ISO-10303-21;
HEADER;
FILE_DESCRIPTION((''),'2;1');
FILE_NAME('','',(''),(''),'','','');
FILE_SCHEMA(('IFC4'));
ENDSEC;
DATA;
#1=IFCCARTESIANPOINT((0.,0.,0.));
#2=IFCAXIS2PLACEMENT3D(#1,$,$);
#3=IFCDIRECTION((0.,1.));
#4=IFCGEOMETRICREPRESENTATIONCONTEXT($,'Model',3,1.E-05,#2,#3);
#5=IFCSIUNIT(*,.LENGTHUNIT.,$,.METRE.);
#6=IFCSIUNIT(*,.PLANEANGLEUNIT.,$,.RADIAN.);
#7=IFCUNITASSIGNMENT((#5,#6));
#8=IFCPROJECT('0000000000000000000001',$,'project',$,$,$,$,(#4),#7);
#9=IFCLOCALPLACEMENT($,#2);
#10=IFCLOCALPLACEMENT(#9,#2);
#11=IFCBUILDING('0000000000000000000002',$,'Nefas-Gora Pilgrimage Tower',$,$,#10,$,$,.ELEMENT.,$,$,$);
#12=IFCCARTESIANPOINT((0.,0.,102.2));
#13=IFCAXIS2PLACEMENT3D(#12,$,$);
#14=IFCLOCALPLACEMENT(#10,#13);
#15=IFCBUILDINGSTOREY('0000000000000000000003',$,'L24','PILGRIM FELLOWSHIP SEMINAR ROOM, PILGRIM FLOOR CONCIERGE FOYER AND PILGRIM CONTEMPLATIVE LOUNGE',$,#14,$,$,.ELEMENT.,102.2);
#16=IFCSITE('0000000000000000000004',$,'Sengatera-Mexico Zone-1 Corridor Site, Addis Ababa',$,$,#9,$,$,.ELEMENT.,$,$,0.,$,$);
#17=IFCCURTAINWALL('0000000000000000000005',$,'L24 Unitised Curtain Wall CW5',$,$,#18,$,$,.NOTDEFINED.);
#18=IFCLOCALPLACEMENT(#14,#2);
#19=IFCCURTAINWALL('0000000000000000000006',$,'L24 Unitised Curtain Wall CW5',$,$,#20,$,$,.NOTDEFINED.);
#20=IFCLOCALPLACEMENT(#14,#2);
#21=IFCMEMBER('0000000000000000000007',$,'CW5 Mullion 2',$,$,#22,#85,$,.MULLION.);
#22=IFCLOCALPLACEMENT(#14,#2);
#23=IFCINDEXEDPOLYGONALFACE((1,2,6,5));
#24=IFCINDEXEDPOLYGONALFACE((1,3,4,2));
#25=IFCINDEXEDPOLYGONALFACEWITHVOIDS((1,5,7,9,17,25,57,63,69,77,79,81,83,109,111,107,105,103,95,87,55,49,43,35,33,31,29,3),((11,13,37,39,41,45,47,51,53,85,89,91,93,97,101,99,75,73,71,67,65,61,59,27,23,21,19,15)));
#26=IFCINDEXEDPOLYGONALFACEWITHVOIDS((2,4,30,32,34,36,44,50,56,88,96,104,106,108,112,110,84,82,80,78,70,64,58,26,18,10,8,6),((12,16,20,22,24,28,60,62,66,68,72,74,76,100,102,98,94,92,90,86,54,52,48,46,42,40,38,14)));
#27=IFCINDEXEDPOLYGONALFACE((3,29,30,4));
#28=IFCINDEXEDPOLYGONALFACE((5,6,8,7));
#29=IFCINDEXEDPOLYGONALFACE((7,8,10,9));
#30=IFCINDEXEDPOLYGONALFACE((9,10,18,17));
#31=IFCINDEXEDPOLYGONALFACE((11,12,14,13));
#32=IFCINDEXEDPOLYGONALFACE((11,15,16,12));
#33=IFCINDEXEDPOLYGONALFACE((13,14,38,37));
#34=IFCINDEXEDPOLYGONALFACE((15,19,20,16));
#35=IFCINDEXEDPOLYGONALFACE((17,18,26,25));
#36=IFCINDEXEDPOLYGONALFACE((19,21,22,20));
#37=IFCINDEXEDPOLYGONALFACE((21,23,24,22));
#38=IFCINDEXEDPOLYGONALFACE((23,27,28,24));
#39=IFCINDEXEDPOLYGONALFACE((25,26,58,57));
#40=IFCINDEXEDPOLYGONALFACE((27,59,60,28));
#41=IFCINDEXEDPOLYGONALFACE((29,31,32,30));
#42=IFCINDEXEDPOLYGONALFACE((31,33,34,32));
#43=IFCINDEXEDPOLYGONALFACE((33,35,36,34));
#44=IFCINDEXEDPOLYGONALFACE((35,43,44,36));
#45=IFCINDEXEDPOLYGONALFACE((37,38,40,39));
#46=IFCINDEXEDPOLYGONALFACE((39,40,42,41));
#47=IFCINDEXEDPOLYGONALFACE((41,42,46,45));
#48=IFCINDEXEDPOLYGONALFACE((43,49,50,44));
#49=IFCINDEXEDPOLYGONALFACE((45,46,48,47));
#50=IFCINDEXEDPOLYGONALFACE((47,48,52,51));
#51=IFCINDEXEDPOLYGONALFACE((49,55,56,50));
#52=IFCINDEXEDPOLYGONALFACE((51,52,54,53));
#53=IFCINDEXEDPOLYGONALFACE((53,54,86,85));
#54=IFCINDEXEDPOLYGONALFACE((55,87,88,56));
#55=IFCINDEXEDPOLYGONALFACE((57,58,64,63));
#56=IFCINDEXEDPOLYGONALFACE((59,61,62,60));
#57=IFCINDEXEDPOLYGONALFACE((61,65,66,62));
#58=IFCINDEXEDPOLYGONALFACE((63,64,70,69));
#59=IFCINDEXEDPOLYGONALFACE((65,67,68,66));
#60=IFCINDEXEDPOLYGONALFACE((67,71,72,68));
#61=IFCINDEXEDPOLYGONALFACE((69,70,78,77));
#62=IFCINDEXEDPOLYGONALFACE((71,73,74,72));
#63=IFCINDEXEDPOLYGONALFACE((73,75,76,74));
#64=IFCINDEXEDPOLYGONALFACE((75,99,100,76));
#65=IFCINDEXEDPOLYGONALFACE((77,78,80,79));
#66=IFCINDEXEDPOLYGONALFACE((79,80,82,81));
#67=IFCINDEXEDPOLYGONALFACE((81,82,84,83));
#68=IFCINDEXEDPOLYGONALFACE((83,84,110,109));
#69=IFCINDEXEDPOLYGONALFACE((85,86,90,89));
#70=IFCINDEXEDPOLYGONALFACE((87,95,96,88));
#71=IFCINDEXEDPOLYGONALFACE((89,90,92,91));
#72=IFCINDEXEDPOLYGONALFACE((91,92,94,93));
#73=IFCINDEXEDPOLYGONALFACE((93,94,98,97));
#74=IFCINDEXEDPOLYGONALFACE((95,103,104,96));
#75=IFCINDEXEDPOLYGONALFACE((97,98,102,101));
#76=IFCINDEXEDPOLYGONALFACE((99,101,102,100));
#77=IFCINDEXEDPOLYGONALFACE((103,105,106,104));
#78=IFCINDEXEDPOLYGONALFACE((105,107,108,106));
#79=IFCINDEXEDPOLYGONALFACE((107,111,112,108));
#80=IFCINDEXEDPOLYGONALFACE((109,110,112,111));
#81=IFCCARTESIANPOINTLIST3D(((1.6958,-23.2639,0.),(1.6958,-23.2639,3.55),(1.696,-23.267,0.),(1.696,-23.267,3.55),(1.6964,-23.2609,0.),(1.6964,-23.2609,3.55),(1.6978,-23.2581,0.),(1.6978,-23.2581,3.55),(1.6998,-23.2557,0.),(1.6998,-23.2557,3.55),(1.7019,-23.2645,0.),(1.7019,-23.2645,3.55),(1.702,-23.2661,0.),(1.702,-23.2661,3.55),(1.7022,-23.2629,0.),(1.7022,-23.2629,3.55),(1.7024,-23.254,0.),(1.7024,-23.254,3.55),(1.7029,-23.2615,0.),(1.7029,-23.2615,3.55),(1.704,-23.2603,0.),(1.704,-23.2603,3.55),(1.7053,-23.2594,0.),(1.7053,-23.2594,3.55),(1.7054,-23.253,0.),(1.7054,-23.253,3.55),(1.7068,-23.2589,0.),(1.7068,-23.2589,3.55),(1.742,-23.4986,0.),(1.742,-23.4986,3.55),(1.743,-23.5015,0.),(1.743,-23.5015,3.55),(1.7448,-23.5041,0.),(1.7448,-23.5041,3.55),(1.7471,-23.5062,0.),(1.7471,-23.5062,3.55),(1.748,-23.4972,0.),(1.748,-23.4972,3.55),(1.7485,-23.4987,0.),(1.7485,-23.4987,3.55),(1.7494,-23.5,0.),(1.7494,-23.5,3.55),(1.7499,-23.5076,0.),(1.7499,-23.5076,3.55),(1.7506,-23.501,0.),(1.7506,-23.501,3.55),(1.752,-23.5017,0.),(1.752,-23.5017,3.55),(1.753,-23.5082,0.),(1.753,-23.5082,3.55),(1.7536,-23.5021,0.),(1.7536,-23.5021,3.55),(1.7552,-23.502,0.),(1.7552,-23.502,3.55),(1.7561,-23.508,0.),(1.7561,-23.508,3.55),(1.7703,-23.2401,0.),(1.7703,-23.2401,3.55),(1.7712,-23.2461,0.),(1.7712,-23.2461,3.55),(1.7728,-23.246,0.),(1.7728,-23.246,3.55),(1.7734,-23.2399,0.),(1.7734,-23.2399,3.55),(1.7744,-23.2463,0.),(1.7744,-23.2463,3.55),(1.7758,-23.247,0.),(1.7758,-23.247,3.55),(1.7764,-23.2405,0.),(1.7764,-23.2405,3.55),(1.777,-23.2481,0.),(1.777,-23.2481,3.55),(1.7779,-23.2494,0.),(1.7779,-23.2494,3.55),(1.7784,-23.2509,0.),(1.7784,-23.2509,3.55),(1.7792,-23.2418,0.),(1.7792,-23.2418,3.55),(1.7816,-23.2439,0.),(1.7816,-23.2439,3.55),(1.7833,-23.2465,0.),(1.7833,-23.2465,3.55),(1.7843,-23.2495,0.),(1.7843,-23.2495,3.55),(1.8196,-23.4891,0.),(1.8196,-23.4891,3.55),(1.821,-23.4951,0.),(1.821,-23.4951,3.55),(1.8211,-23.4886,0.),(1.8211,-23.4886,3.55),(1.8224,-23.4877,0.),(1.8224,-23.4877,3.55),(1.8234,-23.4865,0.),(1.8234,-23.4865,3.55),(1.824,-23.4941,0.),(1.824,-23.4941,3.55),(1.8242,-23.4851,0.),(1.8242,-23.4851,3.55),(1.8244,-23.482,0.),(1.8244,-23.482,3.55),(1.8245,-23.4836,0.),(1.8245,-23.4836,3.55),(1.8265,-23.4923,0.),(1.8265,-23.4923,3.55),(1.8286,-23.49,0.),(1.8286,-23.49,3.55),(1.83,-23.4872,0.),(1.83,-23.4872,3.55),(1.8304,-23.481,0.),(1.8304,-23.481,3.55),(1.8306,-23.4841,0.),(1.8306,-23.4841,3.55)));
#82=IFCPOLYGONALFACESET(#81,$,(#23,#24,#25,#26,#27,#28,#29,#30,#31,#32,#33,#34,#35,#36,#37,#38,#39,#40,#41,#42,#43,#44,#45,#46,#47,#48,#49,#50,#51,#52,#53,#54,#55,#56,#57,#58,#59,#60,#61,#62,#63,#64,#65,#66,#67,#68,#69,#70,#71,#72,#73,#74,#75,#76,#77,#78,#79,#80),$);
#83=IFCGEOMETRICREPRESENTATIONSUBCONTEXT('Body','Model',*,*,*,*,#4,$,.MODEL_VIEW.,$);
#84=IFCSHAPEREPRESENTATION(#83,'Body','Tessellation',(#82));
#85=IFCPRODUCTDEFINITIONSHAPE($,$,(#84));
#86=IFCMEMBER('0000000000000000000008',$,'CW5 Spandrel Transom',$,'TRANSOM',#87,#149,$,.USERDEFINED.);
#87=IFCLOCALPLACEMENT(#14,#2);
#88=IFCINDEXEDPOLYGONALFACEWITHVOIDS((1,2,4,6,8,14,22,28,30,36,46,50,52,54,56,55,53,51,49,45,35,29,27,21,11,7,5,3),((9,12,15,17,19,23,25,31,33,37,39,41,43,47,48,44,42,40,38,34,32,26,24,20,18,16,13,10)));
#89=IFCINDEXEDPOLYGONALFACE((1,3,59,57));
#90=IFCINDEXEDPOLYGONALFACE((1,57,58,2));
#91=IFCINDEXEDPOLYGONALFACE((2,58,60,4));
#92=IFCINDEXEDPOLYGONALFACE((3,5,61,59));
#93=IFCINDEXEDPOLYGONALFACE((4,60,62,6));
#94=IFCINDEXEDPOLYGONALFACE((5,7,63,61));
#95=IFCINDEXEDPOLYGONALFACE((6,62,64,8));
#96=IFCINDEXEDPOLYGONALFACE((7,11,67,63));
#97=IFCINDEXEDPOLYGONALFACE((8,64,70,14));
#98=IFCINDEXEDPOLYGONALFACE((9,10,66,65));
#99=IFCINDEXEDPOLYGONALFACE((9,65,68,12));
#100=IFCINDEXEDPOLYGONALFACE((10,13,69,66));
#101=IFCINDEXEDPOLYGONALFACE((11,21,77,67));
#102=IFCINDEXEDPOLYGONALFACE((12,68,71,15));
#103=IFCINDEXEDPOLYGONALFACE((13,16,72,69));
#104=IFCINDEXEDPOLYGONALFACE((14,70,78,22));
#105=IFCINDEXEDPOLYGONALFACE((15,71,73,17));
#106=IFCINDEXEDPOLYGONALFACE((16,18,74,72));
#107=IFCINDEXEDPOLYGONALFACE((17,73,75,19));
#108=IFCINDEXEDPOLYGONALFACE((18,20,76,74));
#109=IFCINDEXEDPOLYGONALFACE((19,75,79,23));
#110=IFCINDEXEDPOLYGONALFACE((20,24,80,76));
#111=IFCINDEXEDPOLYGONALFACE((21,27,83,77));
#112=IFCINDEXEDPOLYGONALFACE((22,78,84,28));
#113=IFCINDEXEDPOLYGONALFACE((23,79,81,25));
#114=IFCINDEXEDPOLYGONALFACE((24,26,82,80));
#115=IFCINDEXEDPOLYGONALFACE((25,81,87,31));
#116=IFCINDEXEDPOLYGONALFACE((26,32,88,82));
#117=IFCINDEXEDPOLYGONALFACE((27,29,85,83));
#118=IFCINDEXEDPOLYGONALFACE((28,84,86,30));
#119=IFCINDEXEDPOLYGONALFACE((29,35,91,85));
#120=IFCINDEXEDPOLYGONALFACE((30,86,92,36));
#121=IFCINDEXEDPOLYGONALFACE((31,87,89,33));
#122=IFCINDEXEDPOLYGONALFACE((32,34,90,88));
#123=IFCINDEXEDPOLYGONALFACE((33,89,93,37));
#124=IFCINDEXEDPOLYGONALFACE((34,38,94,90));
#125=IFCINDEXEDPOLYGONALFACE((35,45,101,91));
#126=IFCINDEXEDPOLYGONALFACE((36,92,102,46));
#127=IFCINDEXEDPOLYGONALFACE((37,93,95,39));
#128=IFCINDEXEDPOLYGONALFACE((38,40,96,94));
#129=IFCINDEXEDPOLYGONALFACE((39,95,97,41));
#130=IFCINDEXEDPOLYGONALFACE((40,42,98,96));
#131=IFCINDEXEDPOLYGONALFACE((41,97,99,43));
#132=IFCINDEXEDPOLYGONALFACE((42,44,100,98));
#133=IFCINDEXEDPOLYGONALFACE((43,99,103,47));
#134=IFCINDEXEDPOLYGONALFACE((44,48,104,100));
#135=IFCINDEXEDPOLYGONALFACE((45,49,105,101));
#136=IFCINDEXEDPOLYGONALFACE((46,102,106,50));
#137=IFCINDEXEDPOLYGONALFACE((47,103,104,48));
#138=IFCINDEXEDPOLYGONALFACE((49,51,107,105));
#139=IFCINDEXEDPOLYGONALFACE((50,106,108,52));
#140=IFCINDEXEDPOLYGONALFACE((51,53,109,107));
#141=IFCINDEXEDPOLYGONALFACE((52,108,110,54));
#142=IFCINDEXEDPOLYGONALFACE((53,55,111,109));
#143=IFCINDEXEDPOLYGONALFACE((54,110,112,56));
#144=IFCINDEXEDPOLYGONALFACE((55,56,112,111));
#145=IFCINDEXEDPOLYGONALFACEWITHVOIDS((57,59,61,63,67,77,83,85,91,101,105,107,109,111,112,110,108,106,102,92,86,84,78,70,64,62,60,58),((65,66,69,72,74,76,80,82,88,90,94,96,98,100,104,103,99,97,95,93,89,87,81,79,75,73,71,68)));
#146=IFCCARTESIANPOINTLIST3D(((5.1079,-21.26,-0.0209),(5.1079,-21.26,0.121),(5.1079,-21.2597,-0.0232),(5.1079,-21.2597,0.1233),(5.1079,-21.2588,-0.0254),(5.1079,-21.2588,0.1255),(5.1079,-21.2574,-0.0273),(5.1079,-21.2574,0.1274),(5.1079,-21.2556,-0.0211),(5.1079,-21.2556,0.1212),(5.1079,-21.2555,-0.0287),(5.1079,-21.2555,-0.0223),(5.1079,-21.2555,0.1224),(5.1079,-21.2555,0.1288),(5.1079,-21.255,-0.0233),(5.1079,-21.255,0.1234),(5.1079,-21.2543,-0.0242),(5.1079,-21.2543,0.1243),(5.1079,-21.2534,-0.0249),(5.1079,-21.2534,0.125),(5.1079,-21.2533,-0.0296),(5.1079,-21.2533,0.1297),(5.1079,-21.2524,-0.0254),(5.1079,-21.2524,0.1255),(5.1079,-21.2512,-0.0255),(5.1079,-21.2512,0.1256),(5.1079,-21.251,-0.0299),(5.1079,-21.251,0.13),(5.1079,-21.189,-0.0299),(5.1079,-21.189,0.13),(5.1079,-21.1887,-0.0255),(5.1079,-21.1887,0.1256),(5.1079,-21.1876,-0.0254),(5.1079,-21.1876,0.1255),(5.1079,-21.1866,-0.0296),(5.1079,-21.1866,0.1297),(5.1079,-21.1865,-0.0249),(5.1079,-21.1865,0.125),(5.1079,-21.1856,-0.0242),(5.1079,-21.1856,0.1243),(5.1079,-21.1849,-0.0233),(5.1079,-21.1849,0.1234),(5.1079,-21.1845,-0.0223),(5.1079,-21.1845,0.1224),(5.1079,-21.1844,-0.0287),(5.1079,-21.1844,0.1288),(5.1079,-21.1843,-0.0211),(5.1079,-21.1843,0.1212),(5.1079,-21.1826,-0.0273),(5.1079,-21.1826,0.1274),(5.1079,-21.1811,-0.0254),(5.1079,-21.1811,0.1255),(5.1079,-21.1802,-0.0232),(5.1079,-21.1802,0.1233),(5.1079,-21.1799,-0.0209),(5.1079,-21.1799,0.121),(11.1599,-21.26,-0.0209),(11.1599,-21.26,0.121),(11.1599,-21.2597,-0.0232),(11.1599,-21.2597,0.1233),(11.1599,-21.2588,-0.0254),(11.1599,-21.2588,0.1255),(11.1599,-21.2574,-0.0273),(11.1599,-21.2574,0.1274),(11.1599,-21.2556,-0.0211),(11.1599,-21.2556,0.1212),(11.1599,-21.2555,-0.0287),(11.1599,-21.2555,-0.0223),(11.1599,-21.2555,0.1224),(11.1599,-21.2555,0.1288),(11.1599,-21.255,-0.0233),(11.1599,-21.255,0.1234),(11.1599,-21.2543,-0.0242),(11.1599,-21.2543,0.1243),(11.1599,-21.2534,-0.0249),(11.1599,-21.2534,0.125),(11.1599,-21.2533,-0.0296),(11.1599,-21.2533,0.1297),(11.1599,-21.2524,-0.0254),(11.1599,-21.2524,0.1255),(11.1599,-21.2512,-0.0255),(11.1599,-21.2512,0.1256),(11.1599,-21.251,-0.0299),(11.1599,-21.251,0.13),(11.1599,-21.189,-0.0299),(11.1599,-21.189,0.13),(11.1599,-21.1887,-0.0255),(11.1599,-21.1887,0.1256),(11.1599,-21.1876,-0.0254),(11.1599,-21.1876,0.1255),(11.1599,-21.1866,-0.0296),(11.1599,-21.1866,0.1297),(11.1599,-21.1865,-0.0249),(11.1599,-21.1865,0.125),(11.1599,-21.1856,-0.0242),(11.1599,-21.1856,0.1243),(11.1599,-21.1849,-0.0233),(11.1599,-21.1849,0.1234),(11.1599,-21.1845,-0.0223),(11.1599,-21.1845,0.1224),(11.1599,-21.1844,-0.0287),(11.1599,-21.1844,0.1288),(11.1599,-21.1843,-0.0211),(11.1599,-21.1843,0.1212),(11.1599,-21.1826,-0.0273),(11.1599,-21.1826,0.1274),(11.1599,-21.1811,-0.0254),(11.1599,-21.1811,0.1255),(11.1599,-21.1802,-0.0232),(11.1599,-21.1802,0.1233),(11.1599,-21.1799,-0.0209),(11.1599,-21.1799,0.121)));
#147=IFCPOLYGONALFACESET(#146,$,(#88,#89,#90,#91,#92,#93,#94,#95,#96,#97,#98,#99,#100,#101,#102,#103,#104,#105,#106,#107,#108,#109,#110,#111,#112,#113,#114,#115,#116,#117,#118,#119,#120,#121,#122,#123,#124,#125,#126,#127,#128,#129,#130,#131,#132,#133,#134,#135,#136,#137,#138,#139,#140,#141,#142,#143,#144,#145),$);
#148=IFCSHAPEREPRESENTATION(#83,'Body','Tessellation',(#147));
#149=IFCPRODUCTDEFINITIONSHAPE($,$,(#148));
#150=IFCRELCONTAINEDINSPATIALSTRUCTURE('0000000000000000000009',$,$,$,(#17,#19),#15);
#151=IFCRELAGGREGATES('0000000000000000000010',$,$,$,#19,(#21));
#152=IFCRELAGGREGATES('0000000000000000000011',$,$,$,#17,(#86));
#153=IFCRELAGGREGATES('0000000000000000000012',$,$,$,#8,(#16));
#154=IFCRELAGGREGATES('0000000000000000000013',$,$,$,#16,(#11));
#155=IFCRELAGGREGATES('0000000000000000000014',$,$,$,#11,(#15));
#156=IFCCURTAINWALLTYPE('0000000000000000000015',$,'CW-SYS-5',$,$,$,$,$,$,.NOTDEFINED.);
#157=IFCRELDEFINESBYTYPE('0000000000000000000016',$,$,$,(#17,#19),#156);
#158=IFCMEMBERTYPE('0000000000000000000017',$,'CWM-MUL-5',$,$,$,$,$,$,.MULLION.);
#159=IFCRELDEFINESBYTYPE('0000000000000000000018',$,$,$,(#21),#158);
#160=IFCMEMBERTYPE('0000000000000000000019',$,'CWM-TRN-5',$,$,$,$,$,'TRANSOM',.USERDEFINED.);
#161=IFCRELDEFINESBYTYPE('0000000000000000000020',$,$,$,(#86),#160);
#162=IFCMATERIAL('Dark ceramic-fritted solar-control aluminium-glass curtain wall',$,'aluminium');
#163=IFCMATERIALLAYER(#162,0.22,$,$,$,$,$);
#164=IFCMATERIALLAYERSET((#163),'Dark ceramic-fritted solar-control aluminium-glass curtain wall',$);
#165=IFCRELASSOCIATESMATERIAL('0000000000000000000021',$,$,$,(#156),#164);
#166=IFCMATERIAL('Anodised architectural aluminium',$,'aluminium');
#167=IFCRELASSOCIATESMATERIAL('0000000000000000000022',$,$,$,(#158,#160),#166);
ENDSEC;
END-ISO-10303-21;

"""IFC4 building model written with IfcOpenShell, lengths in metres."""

from ifc_helpers import new_model, si_unit, direction, frame, origin, origin_2d, place, context, subcontext, project, spatial, hollow_rectangle, extrude, source, transform, mapped, material, layer, layer_set, material_profile, profile_set, type_object, element, aggregate, save


model = new_model("IFC4")

# Units and contexts
model_context = context("Model", 3, precision=1e-05, world=origin(), true_north=direction((0.0, 1.0)))
body_context = subcontext(model_context, "Body", "Model", "MODEL_VIEW")
ifc_project = project(units=[si_unit("LENGTHUNIT", "METRE"), si_unit("PLANEANGLEUNIT", "RADIAN")], contexts=[model_context])

# Site, building, storey
site_placement = place(None, origin())
site = spatial("IfcSite", under=ifc_project, at=site_placement, Name="Sengatera-Mexico Zone-1 Corridor Site, Addis Ababa", CompositionType="ELEMENT", RefElevation=0.0)
building_placement = place(site_placement, origin())
building = spatial("IfcBuilding", under=site, at=building_placement, Name="Nefas-Gora Pilgrimage Tower", CompositionType="ELEMENT")
storey_placement = place(building_placement, frame((0.0, 0.0, 102.2)))
storey = spatial("IfcBuildingStorey", under=building, at=storey_placement, Name="L24", Description="PILGRIM FELLOWSHIP SEMINAR ROOM, PILGRIM FLOOR CONCIERGE FOYER AND PILGRIM CONTEMPLATIVE LOUNGE", CompositionType="ELEMENT", Elevation=102.2)

# Curtain wall
ifc_material_1 = material(Name="Dark ceramic-fritted solar-control aluminium-glass curtain wall", Category="aluminium")
ifc_layer_1 = layer(ifc_material_1, 0.22)
ifc_layer_set_1 = layer_set([ifc_layer_1], Name="Dark ceramic-fritted solar-control aluminium-glass curtain wall")
curtain_wall_type_1 = type_object("IfcCurtainWallType", Name="CW-SYS-5", PredefinedType="NOTDEFINED", material=ifc_layer_set_1)
curtain_wall_1_placement = place(storey_placement, origin())
curtain_wall_1 = element("IfcCurtainWall", 1, at=curtain_wall_1_placement, inside=storey, type_object=curtain_wall_type_1, Name="L24 Unitised Curtain Wall CW5", PredefinedType="NOTDEFINED")
ifc_material_2 = material(Name="Anodised architectural aluminium", Category="aluminium")
ifc_material_profile_1 = material_profile(ifc_material_2, hollow_rectangle(XDim=0.0901, YDim=0.26, WallThickness=0.0061, InnerFilletRadius=0.0061, OuterFilletRadius=0.012, at=origin_2d()), Name="ALU MULLION 90x260")
ifc_profile_set_1 = profile_set([ifc_material_profile_1], Name="Anodised architectural aluminium")
member_type_1 = type_object("IfcMemberType", Name="CWM-MUL-5", PredefinedType="MULLION", material=ifc_profile_set_1)
shared_shape_1 = source(origin(), body_context, "Body", "SweptSolid", [
    extrude(hollow_rectangle(XDim=0.0901, YDim=0.26, WallThickness=0.0061, InnerFilletRadius=0.0061, OuterFilletRadius=0.012, at=origin_2d()), origin(), (0.0, 0.0, 1.0), 3.55),
])

# Curtain wall, member
curtain_wall_2_placement = place(storey_placement, origin())
curtain_wall_2 = element("IfcCurtainWall", 2, at=curtain_wall_2_placement, inside=storey, type_object=curtain_wall_type_1, Name="L24 Unitised Curtain Wall CW5", PredefinedType="NOTDEFINED")
member_1_placement = place(storey_placement, frame((1.7632, -23.374, 0.0), z_axis=(0.0, 0.0, 1.0), x_axis=(0.980783, 0.195102, 0.0)))
member_1 = element("IfcMember", 3, at=member_1_placement, type_object=member_type_1, Name="CW5 Mullion 2", PredefinedType="MULLION", context=body_context, shape_type="MappedRepresentation", body=[
    mapped(shared_shape_1, transform((0.0, 0.0, 0.0), x_axis=(1.0, 0.0, 0.0), y_axis=(0.0, 1.0, 0.0), z_axis=(0.0, 0.0, 1.0), scale=1.0)),
])
aggregate(curtain_wall_2, [member_1])

# Member
ifc_material_profile_2 = material_profile(ifc_material_2, hollow_rectangle(XDim=0.0801, YDim=0.1599, WallThickness=0.0044, InnerFilletRadius=0.0044, OuterFilletRadius=0.009, at=origin_2d()), Name="ALU TRANSOM 80x160")
ifc_profile_set_2 = profile_set([ifc_material_profile_2], Name="Anodised architectural aluminium")
member_type_2 = type_object("IfcMemberType", Name="CWM-TRN-5", ElementType="TRANSOM", PredefinedType="USERDEFINED", material=ifc_profile_set_2)
shared_shape_2 = source(origin(), body_context, "Body", "SweptSolid", [
    extrude(hollow_rectangle(XDim=0.0801, YDim=0.1599, WallThickness=0.0044, InnerFilletRadius=0.0044, OuterFilletRadius=0.009, at=origin_2d()), origin(), (0.0, 0.0, 1.0), 6.052),
])
member_2_placement = place(storey_placement, frame((5.1079, -21.22, 0.05), z_axis=(1.0, 0.0, 0.0), x_axis=(0.0, 1.0, 0.0)))
member_2 = element("IfcMember", 4, at=member_2_placement, type_object=member_type_2, Name="CW5 Spandrel Transom", ObjectType="TRANSOM", PredefinedType="USERDEFINED", context=body_context, shape_type="MappedRepresentation", body=[
    mapped(shared_shape_2, transform((0.0, 0.0, 0.0), x_axis=(1.0, 0.0, 0.0), y_axis=(0.0, 1.0, 0.0), z_axis=(0.0, 0.0, 1.0), scale=1.0)),
])

aggregate(curtain_wall_1, [member_2])

save(model, "model.ifc")
